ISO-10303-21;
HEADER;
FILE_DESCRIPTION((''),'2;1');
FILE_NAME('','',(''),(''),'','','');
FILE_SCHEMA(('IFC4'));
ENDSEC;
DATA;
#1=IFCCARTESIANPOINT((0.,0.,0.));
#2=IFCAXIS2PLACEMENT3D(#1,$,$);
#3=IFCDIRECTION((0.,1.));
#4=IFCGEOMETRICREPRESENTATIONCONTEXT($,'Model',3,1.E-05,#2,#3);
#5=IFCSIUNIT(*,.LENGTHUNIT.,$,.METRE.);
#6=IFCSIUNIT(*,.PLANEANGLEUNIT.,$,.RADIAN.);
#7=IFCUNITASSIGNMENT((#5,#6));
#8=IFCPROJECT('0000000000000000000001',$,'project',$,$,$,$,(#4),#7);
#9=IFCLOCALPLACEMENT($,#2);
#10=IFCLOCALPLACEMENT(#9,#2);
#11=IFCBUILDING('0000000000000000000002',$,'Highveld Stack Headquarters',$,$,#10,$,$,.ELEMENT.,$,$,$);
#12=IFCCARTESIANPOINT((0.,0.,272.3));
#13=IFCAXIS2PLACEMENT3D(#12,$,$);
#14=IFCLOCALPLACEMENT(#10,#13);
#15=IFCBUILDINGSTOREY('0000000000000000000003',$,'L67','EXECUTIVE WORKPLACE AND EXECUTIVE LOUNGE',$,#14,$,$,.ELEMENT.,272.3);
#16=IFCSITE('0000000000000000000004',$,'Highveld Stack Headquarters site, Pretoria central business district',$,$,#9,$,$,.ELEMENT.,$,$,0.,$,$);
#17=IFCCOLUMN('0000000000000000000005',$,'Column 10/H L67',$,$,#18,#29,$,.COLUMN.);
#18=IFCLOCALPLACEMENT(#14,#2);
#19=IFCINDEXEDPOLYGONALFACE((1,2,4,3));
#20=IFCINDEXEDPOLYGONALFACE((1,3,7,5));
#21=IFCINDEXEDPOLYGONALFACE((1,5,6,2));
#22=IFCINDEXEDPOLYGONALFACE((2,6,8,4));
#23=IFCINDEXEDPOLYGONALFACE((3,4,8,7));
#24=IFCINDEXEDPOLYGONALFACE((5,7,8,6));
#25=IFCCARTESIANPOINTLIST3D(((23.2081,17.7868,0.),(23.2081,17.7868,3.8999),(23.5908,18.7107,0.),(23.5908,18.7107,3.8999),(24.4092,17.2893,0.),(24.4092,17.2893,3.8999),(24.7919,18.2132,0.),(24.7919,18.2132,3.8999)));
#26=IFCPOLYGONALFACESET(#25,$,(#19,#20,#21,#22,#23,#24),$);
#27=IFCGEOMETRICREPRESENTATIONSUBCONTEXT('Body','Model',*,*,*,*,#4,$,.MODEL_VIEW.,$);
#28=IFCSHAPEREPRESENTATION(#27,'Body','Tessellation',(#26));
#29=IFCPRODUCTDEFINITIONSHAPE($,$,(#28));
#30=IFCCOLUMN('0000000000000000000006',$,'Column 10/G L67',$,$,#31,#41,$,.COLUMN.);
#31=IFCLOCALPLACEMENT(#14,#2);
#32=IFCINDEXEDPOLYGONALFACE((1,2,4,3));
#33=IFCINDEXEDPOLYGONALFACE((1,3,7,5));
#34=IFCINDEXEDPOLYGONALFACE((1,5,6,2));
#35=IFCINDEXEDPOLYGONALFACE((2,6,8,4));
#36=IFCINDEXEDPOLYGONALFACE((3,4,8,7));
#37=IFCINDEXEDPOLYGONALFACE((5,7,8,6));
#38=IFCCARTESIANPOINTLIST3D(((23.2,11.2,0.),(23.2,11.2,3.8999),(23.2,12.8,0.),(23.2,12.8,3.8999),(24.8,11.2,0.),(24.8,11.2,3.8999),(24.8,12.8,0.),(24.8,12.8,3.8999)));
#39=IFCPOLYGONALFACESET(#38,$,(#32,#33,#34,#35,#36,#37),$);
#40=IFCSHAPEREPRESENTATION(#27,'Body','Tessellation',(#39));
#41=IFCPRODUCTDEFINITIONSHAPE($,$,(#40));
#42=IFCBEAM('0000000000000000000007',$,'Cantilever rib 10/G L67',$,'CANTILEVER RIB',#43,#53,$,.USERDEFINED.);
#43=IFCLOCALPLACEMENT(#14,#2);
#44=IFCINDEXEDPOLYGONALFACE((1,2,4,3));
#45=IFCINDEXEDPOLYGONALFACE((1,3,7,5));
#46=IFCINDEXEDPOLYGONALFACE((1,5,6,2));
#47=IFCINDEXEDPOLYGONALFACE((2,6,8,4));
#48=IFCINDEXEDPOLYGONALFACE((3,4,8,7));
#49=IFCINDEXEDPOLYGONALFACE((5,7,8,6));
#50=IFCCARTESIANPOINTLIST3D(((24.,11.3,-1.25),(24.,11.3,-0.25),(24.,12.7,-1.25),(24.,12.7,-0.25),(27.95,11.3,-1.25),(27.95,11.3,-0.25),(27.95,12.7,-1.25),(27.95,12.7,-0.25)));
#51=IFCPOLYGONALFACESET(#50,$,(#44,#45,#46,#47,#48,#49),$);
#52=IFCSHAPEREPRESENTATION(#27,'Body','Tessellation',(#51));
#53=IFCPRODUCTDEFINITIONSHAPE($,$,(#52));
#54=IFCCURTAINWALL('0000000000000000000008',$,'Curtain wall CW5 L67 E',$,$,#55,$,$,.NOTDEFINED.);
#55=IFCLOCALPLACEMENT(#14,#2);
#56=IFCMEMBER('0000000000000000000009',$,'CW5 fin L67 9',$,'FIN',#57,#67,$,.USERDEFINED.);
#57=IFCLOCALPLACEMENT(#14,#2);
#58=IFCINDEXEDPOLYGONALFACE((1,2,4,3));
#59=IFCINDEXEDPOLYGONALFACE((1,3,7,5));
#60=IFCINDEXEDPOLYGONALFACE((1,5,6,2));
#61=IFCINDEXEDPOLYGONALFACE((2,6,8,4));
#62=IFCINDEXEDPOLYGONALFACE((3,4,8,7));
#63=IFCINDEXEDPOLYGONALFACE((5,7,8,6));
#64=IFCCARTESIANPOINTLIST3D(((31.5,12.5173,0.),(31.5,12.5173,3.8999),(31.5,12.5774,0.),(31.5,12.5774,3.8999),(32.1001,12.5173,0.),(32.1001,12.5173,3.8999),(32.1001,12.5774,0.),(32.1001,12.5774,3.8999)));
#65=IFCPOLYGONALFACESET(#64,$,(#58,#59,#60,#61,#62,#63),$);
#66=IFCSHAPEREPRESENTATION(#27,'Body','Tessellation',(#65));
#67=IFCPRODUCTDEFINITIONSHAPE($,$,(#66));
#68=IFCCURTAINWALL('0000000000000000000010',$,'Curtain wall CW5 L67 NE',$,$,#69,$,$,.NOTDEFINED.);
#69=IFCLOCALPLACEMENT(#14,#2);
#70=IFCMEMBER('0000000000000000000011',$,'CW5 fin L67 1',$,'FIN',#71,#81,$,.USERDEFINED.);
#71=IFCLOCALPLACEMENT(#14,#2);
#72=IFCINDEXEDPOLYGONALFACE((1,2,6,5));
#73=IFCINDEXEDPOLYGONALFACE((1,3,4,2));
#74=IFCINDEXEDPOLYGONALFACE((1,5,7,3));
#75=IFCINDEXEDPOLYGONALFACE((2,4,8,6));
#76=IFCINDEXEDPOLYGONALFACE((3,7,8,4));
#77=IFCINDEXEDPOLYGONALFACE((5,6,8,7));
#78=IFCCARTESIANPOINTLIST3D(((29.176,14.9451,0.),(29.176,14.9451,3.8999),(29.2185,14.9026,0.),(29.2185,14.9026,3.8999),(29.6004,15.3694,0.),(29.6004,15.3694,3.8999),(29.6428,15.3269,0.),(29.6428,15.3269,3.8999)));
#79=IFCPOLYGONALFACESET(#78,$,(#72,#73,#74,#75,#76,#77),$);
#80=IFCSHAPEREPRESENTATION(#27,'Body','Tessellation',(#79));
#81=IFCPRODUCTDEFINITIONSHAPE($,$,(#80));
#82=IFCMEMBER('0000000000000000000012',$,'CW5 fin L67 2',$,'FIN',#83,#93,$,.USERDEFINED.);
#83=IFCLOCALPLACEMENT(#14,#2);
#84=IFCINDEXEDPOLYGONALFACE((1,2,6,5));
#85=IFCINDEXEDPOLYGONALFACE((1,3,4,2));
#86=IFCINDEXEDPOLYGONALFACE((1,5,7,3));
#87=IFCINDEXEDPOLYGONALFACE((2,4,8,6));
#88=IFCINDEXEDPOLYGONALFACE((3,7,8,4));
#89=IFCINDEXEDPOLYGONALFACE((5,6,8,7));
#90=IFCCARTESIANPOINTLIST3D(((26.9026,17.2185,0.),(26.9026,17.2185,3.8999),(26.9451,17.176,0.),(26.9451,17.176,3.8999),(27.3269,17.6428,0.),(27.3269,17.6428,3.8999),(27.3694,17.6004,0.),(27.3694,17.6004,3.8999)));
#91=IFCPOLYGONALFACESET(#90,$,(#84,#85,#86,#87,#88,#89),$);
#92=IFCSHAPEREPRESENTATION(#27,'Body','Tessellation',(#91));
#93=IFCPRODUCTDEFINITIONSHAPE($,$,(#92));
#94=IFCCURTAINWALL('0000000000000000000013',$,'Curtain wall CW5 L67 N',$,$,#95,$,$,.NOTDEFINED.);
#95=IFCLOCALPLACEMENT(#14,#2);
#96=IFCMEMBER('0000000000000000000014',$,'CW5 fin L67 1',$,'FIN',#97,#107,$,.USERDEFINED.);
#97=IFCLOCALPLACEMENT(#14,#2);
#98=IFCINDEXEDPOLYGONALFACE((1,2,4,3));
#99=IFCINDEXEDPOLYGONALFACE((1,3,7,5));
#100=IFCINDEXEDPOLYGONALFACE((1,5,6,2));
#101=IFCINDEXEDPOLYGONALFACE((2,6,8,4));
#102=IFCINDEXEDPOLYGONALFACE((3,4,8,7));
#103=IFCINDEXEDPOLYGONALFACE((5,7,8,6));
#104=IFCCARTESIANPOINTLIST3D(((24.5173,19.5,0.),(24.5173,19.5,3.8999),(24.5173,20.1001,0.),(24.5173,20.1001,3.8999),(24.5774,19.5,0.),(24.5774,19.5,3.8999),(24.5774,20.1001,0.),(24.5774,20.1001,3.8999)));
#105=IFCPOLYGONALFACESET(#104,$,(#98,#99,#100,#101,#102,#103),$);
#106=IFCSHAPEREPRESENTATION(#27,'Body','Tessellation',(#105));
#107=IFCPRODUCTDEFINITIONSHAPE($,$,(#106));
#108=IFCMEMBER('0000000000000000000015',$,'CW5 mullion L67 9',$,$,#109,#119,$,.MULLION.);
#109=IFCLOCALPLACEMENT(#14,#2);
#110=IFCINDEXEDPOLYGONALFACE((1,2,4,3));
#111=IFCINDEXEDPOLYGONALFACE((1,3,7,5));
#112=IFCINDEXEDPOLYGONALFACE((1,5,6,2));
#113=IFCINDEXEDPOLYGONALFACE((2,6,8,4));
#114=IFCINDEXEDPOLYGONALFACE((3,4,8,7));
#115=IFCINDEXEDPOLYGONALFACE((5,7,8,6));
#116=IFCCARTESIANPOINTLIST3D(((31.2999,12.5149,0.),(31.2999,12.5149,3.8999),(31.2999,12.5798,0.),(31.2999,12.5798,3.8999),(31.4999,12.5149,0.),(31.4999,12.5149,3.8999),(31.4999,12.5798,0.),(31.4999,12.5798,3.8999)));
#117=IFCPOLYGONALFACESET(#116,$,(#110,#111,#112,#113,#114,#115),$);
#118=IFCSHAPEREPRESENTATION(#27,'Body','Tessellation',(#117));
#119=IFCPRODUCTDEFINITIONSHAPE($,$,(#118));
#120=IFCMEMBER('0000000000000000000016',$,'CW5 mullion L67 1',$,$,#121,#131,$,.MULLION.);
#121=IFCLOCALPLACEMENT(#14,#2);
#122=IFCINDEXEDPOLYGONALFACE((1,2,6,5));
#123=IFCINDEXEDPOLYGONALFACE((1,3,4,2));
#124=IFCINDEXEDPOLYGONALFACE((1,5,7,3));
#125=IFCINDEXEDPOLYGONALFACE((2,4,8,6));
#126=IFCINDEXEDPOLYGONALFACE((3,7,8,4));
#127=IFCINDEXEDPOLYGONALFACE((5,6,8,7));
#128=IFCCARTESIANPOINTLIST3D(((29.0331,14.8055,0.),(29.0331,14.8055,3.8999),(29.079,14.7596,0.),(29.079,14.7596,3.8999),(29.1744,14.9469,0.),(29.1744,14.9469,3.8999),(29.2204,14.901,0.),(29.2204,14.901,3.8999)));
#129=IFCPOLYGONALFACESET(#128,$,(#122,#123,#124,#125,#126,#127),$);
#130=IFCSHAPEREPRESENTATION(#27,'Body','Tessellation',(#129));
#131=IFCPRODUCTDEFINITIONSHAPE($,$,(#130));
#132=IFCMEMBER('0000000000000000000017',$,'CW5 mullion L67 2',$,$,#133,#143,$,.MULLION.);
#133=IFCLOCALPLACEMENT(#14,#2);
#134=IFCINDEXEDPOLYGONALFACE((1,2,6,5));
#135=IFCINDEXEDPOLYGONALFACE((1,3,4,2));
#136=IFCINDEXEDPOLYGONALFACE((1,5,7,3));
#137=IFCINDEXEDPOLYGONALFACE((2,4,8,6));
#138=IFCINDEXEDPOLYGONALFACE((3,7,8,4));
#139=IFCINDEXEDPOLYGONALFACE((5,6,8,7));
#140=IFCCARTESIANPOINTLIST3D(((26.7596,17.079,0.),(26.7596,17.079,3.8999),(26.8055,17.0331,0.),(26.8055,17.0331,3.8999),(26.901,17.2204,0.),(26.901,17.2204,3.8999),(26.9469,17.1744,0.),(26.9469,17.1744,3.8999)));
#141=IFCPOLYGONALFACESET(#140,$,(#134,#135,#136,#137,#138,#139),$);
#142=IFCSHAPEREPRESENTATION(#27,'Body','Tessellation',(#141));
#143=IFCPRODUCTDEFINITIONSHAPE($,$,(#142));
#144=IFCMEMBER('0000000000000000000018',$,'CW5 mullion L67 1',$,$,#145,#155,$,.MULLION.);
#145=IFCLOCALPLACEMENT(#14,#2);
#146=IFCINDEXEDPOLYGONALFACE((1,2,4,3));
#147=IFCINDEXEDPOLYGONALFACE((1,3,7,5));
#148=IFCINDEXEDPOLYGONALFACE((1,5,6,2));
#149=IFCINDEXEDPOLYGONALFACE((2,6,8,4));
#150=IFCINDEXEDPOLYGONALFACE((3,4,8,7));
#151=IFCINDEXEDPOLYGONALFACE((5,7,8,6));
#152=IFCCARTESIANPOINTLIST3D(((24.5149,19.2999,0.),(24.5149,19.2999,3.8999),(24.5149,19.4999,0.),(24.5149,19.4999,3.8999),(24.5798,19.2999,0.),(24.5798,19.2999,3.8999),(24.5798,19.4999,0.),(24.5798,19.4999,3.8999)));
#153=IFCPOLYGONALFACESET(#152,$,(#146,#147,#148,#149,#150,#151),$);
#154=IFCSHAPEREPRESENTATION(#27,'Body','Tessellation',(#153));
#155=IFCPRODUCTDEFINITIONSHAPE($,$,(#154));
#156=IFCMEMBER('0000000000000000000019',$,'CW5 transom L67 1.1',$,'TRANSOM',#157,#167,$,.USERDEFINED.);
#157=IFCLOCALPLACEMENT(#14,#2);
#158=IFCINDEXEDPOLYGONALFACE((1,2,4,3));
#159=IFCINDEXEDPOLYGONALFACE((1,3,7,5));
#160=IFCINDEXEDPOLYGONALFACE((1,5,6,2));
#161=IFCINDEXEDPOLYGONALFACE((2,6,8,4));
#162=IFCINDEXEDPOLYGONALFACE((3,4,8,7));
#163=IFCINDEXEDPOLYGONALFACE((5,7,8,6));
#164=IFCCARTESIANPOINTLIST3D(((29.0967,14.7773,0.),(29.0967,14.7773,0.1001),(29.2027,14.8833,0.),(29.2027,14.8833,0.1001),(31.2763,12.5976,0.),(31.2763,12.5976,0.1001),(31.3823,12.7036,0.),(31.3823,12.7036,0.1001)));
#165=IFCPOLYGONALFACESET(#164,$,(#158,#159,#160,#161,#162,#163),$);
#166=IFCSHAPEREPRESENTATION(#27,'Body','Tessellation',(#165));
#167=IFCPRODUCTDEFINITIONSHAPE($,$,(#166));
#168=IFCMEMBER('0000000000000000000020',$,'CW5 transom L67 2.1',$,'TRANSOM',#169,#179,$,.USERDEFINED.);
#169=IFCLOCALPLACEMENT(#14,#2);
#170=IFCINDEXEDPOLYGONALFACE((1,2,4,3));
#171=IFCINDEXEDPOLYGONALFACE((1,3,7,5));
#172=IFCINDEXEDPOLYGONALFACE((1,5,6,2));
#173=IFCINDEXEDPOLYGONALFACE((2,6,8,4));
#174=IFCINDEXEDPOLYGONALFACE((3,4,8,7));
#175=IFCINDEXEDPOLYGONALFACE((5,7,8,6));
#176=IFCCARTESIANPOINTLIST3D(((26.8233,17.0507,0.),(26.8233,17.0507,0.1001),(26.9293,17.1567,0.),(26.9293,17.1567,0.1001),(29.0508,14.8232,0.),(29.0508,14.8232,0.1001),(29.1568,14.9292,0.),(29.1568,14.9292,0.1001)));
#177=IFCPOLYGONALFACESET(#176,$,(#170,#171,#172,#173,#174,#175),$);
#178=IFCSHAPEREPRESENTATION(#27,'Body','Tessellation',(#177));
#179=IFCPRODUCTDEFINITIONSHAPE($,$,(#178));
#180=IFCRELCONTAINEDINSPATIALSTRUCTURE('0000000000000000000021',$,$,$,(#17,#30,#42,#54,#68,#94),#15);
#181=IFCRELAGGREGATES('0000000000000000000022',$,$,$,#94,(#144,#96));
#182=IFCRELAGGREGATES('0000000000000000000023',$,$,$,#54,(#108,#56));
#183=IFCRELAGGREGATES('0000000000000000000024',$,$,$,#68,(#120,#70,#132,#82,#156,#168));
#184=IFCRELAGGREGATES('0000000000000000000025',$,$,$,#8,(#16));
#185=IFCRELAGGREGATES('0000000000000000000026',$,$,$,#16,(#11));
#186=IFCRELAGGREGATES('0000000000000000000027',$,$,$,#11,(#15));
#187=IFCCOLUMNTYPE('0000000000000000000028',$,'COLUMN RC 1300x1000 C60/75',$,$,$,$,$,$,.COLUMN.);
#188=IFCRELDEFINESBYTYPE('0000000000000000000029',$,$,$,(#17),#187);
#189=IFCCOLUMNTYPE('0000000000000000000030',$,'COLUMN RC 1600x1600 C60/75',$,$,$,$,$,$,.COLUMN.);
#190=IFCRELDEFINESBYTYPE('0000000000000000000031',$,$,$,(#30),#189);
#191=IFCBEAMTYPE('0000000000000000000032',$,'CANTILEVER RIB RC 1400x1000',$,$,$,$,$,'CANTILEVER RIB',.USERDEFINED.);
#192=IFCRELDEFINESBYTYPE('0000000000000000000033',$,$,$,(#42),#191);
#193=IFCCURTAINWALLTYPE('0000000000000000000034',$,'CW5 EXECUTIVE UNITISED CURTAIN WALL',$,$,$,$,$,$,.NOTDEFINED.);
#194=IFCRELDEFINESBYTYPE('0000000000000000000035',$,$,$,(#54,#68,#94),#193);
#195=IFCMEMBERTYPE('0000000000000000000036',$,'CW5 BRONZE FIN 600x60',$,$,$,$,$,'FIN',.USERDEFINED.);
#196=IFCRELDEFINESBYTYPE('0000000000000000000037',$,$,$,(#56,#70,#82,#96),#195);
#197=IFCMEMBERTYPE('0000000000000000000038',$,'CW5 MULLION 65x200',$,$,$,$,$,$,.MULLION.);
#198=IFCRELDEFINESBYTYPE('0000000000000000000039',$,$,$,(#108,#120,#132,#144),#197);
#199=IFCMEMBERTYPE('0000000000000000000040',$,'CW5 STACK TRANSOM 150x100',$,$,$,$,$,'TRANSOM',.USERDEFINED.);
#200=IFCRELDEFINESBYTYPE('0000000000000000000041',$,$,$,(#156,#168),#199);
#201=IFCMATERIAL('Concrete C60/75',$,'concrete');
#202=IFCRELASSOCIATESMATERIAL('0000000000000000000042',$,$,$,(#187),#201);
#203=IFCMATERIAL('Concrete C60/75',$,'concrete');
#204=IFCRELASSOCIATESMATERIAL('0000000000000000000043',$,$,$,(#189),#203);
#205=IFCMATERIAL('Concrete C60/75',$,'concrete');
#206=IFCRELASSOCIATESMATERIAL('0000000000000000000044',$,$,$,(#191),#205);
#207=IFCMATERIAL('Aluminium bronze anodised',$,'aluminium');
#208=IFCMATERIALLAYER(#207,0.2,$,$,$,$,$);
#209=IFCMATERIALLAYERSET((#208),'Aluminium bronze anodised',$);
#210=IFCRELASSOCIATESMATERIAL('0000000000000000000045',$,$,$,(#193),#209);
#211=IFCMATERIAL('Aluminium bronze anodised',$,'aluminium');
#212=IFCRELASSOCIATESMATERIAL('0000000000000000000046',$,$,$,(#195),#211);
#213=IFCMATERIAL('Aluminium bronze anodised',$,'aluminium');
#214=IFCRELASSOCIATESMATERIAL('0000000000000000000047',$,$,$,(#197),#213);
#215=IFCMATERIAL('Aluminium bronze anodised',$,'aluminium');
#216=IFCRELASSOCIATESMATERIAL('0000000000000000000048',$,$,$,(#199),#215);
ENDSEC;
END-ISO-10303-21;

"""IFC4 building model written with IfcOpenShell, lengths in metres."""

from ifc_helpers import new_model, si_unit, direction, frame, origin, origin_2d, place, context, subcontext, project, spatial, rectangle, extrude, material, layer, layer_set, material_profile, profile_set, type_object, element, aggregate, save


model = new_model("IFC4")

# Units and contexts
model_context = context("Model", 3, precision=1e-05, world=origin(), true_north=direction((0.0, 1.0)))
body_context = subcontext(model_context, "Body", "Model", "MODEL_VIEW")
ifc_project = project(units=[si_unit("LENGTHUNIT", "METRE"), si_unit("PLANEANGLEUNIT", "RADIAN")], contexts=[model_context])

# Site, building, storey
site_placement = place(None, origin())
site = spatial("IfcSite", under=ifc_project, at=site_placement, Name="Highveld Stack Headquarters site, Pretoria central business district", CompositionType="ELEMENT", RefElevation=0.0)
building_placement = place(site_placement, origin())
building = spatial("IfcBuilding", under=site, at=building_placement, Name="Highveld Stack Headquarters", CompositionType="ELEMENT")
storey_placement = place(building_placement, frame((0.0, 0.0, 272.3)))
storey = spatial("IfcBuildingStorey", under=building, at=storey_placement, Name="L67", Description="EXECUTIVE WORKPLACE AND EXECUTIVE LOUNGE", CompositionType="ELEMENT", Elevation=272.3)

# Columns
ifc_material_1 = material(Name="Concrete C60/75", Category="concrete")
ifc_material_profile_1 = material_profile(ifc_material_1, rectangle(XDim=1.3, YDim=1.0, at=origin_2d()), Name="RC 1300x1000")
ifc_profile_set_1 = profile_set([ifc_material_profile_1], Name="Concrete C60/75")
column_type_1 = type_object("IfcColumnType", Name="COLUMN RC 1300x1000 C60/75", PredefinedType="COLUMN", material=ifc_profile_set_1)
column_1_placement = place(storey_placement, frame((24.0, 18.0, 0.0), z_axis=(0.0, 0.0, 1.0), x_axis=(0.92388, -0.382683, 0.0)))
element("IfcColumn", 1, at=column_1_placement, inside=storey, type_object=column_type_1, Name="Column 10/H L67", PredefinedType="COLUMN", context=body_context, shape_type="SweptSolid", body=[
    extrude(rectangle(XDim=1.3, YDim=1.0, at=origin_2d()), origin(), (0.0, 0.0, 1.0), 3.8999),
])
ifc_material_2 = material(Name="Concrete C60/75", Category="concrete")
ifc_material_profile_2 = material_profile(ifc_material_2, rectangle(XDim=1.6001, YDim=1.6001, at=origin_2d()), Name="RC 1600x1600")
ifc_profile_set_2 = profile_set([ifc_material_profile_2], Name="Concrete C60/75")
column_type_2 = type_object("IfcColumnType", Name="COLUMN RC 1600x1600 C60/75", PredefinedType="COLUMN", material=ifc_profile_set_2)
column_2_placement = place(storey_placement, frame((24.0, 12.0, 0.0), z_axis=(0.0, 0.0, 1.0), x_axis=(1.0, 0.0, 0.0)))
element("IfcColumn", 2, at=column_2_placement, inside=storey, type_object=column_type_2, Name="Column 10/G L67", PredefinedType="COLUMN", context=body_context, shape_type="SweptSolid", body=[
    extrude(rectangle(XDim=1.6001, YDim=1.6001, at=origin_2d()), origin(), (0.0, 0.0, 1.0), 3.8999),
])

# Beam
ifc_material_3 = material(Name="Concrete C60/75", Category="concrete")
ifc_material_profile_3 = material_profile(ifc_material_3, rectangle(XDim=1.3999, YDim=1.0, at=origin_2d()), Name="RC 1400x1000")
ifc_profile_set_3 = profile_set([ifc_material_profile_3], Name="Concrete C60/75")
beam_type = type_object("IfcBeamType", Name="CANTILEVER RIB RC 1400x1000", ElementType="CANTILEVER RIB", PredefinedType="USERDEFINED", material=ifc_profile_set_3)
beam_placement = place(storey_placement, frame((24.0, 12.0, -0.75), z_axis=(1.0, 0.0, 0.0), x_axis=(0.0, 1.0, 0.0)))
element("IfcBeam", 3, at=beam_placement, inside=storey, type_object=beam_type, Name="Cantilever rib 10/G L67", ObjectType="CANTILEVER RIB", PredefinedType="USERDEFINED", context=body_context, shape_type="SweptSolid", body=[
    extrude(rectangle(XDim=1.3999, YDim=1.0, at=origin_2d()), origin(), (0.0, 0.0, 1.0), 3.95),
])

# Curtain wall, member
ifc_material_4 = material(Name="Aluminium bronze anodised", Category="aluminium")
ifc_layer_1 = layer(ifc_material_4, 0.2)
ifc_layer_set_1 = layer_set([ifc_layer_1], Name="Aluminium bronze anodised")
curtain_wall_type = type_object("IfcCurtainWallType", Name="CW5 EXECUTIVE UNITISED CURTAIN WALL", PredefinedType="NOTDEFINED", material=ifc_layer_set_1)
curtain_wall_1_placement = place(storey_placement, origin())
curtain_wall_1 = element("IfcCurtainWall", 4, at=curtain_wall_1_placement, inside=storey, type_object=curtain_wall_type, Name="Curtain wall CW5 L67 E", PredefinedType="NOTDEFINED")
ifc_material_5 = material(Name="Aluminium bronze anodised", Category="aluminium")
ifc_material_profile_4 = material_profile(ifc_material_5, rectangle(XDim=0.6001, YDim=0.0601, at=origin_2d()), Name="FIN 600x60")
ifc_profile_set_4 = profile_set([ifc_material_profile_4], Name="Aluminium bronze anodised")
member_type_1 = type_object("IfcMemberType", Name="CW5 BRONZE FIN 600x60", ElementType="FIN", PredefinedType="USERDEFINED", material=ifc_profile_set_4)
member_1_placement = place(storey_placement, frame((31.8, 12.5474, 0.0), z_axis=(0.0, 0.0, 1.0), x_axis=(-1.0, 0.0, 0.0)))
member_1 = element("IfcMember", 5, at=member_1_placement, type_object=member_type_1, Name="CW5 fin L67 9", ObjectType="FIN", PredefinedType="USERDEFINED", context=body_context, shape_type="SweptSolid", body=[
    extrude(rectangle(XDim=0.6001, YDim=0.0601, at=origin_2d()), origin(), (0.0, 0.0, 1.0), 3.8999),
])

# Curtain wall, members
curtain_wall_2_placement = place(storey_placement, origin())
curtain_wall_2 = element("IfcCurtainWall", 6, at=curtain_wall_2_placement, inside=storey, type_object=curtain_wall_type, Name="Curtain wall CW5 L67 NE", PredefinedType="NOTDEFINED")
member_2_placement = place(storey_placement, frame((29.4094, 15.136, 0.0), z_axis=(0.0, 0.0, 1.0), x_axis=(-0.707107, -0.707107, 0.0)))
member_2 = element("IfcMember", 7, at=member_2_placement, type_object=member_type_1, Name="CW5 fin L67 1", ObjectType="FIN", PredefinedType="USERDEFINED", context=body_context, shape_type="SweptSolid", body=[
    extrude(rectangle(XDim=0.6001, YDim=0.0601, at=origin_2d()), origin(), (0.0, 0.0, 1.0), 3.8999),
])
member_3_placement = place(storey_placement, frame((27.136, 17.4094, 0.0), z_axis=(0.0, 0.0, 1.0), x_axis=(-0.707107, -0.707107, 0.0)))
member_3 = element("IfcMember", 8, at=member_3_placement, type_object=member_type_1, Name="CW5 fin L67 2", ObjectType="FIN", PredefinedType="USERDEFINED", context=body_context, shape_type="SweptSolid", body=[
    extrude(rectangle(XDim=0.6001, YDim=0.0601, at=origin_2d()), origin(), (0.0, 0.0, 1.0), 3.8999),
])

# Curtain wall, member
curtain_wall_3_placement = place(storey_placement, origin())
curtain_wall_3 = element("IfcCurtainWall", 9, at=curtain_wall_3_placement, inside=storey, type_object=curtain_wall_type, Name="Curtain wall CW5 L67 N", PredefinedType="NOTDEFINED")
member_4_placement = place(storey_placement, frame((24.5474, 19.8, 0.0), z_axis=(0.0, 0.0, 1.0), x_axis=(0.0, -1.0, 0.0)))
member_4 = element("IfcMember", 10, at=member_4_placement, type_object=member_type_1, Name="CW5 fin L67 1", ObjectType="FIN", PredefinedType="USERDEFINED", context=body_context, shape_type="SweptSolid", body=[
    extrude(rectangle(XDim=0.6001, YDim=0.0601, at=origin_2d()), origin(), (0.0, 0.0, 1.0), 3.8999),
])

# Members
ifc_material_6 = material(Name="Aluminium bronze anodised", Category="aluminium")
ifc_material_profile_5 = material_profile(ifc_material_6, rectangle(XDim=0.2, YDim=0.0649, at=origin_2d()), Name="CW5 MULLION 65x200")
ifc_profile_set_5 = profile_set([ifc_material_profile_5], Name="Aluminium bronze anodised")
member_type_2 = type_object("IfcMemberType", Name="CW5 MULLION 65x200", PredefinedType="MULLION", material=ifc_profile_set_5)
member_5_placement = place(storey_placement, frame((31.3999, 12.5474, 0.0), z_axis=(0.0, 0.0, 1.0), x_axis=(-1.0, 0.0, 0.0)))
member_5 = element("IfcMember", 11, at=member_5_placement, type_object=member_type_2, Name="CW5 mullion L67 9", PredefinedType="MULLION", context=body_context, shape_type="SweptSolid", body=[
    extrude(rectangle(XDim=0.2, YDim=0.0649, at=origin_2d()), origin(), (0.0, 0.0, 1.0), 3.8999),
])
member_6_placement = place(storey_placement, frame((29.1267, 14.8533, 0.0), z_axis=(0.0, 0.0, 1.0), x_axis=(-0.707107, -0.707107, 0.0)))
member_6 = element("IfcMember", 12, at=member_6_placement, type_object=member_type_2, Name="CW5 mullion L67 1", PredefinedType="MULLION", context=body_context, shape_type="SweptSolid", body=[
    extrude(rectangle(XDim=0.2, YDim=0.0649, at=origin_2d()), origin(), (0.0, 0.0, 1.0), 3.8999),
])
member_7_placement = place(storey_placement, frame((26.8533, 17.1267, 0.0), z_axis=(0.0, 0.0, 1.0), x_axis=(-0.707107, -0.707107, 0.0)))
member_7 = element("IfcMember", 13, at=member_7_placement, type_object=member_type_2, Name="CW5 mullion L67 2", PredefinedType="MULLION", context=body_context, shape_type="SweptSolid", body=[
    extrude(rectangle(XDim=0.2, YDim=0.0649, at=origin_2d()), origin(), (0.0, 0.0, 1.0), 3.8999),
])
member_8_placement = place(storey_placement, frame((24.5474, 19.3999, 0.0), z_axis=(0.0, 0.0, 1.0), x_axis=(0.0, -1.0, 0.0)))
member_8 = element("IfcMember", 14, at=member_8_placement, type_object=member_type_2, Name="CW5 mullion L67 1", PredefinedType="MULLION", context=body_context, shape_type="SweptSolid", body=[
    extrude(rectangle(XDim=0.2, YDim=0.0649, at=origin_2d()), origin(), (0.0, 0.0, 1.0), 3.8999),
])
ifc_material_7 = material(Name="Aluminium bronze anodised", Category="aluminium")
ifc_material_profile_6 = material_profile(ifc_material_7, rectangle(XDim=0.1499, YDim=0.1001, at=origin_2d()), Name="CW5 TRANSOM 150x100")
ifc_profile_set_6 = profile_set([ifc_material_profile_6], Name="Aluminium bronze anodised")
member_type_3 = type_object("IfcMemberType", Name="CW5 STACK TRANSOM 150x100", ElementType="TRANSOM", PredefinedType="USERDEFINED", material=ifc_profile_set_6)
member_9_placement = place(storey_placement, frame((31.3293, 12.6506, 0.05), z_axis=(-0.707107, 0.707107, 0.0), x_axis=(-0.707107, -0.707107, 0.0)))
member_9 = element("IfcMember", 15, at=member_9_placement, type_object=member_type_3, Name="CW5 transom L67 1.1", ObjectType="TRANSOM", PredefinedType="USERDEFINED", context=body_context, shape_type="SweptSolid", body=[
    extrude(rectangle(XDim=0.1499, YDim=0.1001, at=origin_2d()), origin(), (0.0, 0.0, 1.0), 3.0825),
])
member_10_placement = place(storey_placement, frame((29.1038, 14.8762, 0.05), z_axis=(-0.707107, 0.707107, 0.0), x_axis=(-0.707107, -0.707107, 0.0)))
member_10 = element("IfcMember", 16, at=member_10_placement, type_object=member_type_3, Name="CW5 transom L67 2.1", ObjectType="TRANSOM", PredefinedType="USERDEFINED", context=body_context, shape_type="SweptSolid", body=[
    extrude(rectangle(XDim=0.1499, YDim=0.1001, at=origin_2d()), origin(), (0.0, 0.0, 1.0), 3.1501),
])
aggregate(curtain_wall_3, [member_8, member_4])

aggregate(curtain_wall_1, [member_5, member_1])
aggregate(curtain_wall_2, [member_6, member_2, member_7, member_3, member_9, member_10])

save(model, "model.ifc")
